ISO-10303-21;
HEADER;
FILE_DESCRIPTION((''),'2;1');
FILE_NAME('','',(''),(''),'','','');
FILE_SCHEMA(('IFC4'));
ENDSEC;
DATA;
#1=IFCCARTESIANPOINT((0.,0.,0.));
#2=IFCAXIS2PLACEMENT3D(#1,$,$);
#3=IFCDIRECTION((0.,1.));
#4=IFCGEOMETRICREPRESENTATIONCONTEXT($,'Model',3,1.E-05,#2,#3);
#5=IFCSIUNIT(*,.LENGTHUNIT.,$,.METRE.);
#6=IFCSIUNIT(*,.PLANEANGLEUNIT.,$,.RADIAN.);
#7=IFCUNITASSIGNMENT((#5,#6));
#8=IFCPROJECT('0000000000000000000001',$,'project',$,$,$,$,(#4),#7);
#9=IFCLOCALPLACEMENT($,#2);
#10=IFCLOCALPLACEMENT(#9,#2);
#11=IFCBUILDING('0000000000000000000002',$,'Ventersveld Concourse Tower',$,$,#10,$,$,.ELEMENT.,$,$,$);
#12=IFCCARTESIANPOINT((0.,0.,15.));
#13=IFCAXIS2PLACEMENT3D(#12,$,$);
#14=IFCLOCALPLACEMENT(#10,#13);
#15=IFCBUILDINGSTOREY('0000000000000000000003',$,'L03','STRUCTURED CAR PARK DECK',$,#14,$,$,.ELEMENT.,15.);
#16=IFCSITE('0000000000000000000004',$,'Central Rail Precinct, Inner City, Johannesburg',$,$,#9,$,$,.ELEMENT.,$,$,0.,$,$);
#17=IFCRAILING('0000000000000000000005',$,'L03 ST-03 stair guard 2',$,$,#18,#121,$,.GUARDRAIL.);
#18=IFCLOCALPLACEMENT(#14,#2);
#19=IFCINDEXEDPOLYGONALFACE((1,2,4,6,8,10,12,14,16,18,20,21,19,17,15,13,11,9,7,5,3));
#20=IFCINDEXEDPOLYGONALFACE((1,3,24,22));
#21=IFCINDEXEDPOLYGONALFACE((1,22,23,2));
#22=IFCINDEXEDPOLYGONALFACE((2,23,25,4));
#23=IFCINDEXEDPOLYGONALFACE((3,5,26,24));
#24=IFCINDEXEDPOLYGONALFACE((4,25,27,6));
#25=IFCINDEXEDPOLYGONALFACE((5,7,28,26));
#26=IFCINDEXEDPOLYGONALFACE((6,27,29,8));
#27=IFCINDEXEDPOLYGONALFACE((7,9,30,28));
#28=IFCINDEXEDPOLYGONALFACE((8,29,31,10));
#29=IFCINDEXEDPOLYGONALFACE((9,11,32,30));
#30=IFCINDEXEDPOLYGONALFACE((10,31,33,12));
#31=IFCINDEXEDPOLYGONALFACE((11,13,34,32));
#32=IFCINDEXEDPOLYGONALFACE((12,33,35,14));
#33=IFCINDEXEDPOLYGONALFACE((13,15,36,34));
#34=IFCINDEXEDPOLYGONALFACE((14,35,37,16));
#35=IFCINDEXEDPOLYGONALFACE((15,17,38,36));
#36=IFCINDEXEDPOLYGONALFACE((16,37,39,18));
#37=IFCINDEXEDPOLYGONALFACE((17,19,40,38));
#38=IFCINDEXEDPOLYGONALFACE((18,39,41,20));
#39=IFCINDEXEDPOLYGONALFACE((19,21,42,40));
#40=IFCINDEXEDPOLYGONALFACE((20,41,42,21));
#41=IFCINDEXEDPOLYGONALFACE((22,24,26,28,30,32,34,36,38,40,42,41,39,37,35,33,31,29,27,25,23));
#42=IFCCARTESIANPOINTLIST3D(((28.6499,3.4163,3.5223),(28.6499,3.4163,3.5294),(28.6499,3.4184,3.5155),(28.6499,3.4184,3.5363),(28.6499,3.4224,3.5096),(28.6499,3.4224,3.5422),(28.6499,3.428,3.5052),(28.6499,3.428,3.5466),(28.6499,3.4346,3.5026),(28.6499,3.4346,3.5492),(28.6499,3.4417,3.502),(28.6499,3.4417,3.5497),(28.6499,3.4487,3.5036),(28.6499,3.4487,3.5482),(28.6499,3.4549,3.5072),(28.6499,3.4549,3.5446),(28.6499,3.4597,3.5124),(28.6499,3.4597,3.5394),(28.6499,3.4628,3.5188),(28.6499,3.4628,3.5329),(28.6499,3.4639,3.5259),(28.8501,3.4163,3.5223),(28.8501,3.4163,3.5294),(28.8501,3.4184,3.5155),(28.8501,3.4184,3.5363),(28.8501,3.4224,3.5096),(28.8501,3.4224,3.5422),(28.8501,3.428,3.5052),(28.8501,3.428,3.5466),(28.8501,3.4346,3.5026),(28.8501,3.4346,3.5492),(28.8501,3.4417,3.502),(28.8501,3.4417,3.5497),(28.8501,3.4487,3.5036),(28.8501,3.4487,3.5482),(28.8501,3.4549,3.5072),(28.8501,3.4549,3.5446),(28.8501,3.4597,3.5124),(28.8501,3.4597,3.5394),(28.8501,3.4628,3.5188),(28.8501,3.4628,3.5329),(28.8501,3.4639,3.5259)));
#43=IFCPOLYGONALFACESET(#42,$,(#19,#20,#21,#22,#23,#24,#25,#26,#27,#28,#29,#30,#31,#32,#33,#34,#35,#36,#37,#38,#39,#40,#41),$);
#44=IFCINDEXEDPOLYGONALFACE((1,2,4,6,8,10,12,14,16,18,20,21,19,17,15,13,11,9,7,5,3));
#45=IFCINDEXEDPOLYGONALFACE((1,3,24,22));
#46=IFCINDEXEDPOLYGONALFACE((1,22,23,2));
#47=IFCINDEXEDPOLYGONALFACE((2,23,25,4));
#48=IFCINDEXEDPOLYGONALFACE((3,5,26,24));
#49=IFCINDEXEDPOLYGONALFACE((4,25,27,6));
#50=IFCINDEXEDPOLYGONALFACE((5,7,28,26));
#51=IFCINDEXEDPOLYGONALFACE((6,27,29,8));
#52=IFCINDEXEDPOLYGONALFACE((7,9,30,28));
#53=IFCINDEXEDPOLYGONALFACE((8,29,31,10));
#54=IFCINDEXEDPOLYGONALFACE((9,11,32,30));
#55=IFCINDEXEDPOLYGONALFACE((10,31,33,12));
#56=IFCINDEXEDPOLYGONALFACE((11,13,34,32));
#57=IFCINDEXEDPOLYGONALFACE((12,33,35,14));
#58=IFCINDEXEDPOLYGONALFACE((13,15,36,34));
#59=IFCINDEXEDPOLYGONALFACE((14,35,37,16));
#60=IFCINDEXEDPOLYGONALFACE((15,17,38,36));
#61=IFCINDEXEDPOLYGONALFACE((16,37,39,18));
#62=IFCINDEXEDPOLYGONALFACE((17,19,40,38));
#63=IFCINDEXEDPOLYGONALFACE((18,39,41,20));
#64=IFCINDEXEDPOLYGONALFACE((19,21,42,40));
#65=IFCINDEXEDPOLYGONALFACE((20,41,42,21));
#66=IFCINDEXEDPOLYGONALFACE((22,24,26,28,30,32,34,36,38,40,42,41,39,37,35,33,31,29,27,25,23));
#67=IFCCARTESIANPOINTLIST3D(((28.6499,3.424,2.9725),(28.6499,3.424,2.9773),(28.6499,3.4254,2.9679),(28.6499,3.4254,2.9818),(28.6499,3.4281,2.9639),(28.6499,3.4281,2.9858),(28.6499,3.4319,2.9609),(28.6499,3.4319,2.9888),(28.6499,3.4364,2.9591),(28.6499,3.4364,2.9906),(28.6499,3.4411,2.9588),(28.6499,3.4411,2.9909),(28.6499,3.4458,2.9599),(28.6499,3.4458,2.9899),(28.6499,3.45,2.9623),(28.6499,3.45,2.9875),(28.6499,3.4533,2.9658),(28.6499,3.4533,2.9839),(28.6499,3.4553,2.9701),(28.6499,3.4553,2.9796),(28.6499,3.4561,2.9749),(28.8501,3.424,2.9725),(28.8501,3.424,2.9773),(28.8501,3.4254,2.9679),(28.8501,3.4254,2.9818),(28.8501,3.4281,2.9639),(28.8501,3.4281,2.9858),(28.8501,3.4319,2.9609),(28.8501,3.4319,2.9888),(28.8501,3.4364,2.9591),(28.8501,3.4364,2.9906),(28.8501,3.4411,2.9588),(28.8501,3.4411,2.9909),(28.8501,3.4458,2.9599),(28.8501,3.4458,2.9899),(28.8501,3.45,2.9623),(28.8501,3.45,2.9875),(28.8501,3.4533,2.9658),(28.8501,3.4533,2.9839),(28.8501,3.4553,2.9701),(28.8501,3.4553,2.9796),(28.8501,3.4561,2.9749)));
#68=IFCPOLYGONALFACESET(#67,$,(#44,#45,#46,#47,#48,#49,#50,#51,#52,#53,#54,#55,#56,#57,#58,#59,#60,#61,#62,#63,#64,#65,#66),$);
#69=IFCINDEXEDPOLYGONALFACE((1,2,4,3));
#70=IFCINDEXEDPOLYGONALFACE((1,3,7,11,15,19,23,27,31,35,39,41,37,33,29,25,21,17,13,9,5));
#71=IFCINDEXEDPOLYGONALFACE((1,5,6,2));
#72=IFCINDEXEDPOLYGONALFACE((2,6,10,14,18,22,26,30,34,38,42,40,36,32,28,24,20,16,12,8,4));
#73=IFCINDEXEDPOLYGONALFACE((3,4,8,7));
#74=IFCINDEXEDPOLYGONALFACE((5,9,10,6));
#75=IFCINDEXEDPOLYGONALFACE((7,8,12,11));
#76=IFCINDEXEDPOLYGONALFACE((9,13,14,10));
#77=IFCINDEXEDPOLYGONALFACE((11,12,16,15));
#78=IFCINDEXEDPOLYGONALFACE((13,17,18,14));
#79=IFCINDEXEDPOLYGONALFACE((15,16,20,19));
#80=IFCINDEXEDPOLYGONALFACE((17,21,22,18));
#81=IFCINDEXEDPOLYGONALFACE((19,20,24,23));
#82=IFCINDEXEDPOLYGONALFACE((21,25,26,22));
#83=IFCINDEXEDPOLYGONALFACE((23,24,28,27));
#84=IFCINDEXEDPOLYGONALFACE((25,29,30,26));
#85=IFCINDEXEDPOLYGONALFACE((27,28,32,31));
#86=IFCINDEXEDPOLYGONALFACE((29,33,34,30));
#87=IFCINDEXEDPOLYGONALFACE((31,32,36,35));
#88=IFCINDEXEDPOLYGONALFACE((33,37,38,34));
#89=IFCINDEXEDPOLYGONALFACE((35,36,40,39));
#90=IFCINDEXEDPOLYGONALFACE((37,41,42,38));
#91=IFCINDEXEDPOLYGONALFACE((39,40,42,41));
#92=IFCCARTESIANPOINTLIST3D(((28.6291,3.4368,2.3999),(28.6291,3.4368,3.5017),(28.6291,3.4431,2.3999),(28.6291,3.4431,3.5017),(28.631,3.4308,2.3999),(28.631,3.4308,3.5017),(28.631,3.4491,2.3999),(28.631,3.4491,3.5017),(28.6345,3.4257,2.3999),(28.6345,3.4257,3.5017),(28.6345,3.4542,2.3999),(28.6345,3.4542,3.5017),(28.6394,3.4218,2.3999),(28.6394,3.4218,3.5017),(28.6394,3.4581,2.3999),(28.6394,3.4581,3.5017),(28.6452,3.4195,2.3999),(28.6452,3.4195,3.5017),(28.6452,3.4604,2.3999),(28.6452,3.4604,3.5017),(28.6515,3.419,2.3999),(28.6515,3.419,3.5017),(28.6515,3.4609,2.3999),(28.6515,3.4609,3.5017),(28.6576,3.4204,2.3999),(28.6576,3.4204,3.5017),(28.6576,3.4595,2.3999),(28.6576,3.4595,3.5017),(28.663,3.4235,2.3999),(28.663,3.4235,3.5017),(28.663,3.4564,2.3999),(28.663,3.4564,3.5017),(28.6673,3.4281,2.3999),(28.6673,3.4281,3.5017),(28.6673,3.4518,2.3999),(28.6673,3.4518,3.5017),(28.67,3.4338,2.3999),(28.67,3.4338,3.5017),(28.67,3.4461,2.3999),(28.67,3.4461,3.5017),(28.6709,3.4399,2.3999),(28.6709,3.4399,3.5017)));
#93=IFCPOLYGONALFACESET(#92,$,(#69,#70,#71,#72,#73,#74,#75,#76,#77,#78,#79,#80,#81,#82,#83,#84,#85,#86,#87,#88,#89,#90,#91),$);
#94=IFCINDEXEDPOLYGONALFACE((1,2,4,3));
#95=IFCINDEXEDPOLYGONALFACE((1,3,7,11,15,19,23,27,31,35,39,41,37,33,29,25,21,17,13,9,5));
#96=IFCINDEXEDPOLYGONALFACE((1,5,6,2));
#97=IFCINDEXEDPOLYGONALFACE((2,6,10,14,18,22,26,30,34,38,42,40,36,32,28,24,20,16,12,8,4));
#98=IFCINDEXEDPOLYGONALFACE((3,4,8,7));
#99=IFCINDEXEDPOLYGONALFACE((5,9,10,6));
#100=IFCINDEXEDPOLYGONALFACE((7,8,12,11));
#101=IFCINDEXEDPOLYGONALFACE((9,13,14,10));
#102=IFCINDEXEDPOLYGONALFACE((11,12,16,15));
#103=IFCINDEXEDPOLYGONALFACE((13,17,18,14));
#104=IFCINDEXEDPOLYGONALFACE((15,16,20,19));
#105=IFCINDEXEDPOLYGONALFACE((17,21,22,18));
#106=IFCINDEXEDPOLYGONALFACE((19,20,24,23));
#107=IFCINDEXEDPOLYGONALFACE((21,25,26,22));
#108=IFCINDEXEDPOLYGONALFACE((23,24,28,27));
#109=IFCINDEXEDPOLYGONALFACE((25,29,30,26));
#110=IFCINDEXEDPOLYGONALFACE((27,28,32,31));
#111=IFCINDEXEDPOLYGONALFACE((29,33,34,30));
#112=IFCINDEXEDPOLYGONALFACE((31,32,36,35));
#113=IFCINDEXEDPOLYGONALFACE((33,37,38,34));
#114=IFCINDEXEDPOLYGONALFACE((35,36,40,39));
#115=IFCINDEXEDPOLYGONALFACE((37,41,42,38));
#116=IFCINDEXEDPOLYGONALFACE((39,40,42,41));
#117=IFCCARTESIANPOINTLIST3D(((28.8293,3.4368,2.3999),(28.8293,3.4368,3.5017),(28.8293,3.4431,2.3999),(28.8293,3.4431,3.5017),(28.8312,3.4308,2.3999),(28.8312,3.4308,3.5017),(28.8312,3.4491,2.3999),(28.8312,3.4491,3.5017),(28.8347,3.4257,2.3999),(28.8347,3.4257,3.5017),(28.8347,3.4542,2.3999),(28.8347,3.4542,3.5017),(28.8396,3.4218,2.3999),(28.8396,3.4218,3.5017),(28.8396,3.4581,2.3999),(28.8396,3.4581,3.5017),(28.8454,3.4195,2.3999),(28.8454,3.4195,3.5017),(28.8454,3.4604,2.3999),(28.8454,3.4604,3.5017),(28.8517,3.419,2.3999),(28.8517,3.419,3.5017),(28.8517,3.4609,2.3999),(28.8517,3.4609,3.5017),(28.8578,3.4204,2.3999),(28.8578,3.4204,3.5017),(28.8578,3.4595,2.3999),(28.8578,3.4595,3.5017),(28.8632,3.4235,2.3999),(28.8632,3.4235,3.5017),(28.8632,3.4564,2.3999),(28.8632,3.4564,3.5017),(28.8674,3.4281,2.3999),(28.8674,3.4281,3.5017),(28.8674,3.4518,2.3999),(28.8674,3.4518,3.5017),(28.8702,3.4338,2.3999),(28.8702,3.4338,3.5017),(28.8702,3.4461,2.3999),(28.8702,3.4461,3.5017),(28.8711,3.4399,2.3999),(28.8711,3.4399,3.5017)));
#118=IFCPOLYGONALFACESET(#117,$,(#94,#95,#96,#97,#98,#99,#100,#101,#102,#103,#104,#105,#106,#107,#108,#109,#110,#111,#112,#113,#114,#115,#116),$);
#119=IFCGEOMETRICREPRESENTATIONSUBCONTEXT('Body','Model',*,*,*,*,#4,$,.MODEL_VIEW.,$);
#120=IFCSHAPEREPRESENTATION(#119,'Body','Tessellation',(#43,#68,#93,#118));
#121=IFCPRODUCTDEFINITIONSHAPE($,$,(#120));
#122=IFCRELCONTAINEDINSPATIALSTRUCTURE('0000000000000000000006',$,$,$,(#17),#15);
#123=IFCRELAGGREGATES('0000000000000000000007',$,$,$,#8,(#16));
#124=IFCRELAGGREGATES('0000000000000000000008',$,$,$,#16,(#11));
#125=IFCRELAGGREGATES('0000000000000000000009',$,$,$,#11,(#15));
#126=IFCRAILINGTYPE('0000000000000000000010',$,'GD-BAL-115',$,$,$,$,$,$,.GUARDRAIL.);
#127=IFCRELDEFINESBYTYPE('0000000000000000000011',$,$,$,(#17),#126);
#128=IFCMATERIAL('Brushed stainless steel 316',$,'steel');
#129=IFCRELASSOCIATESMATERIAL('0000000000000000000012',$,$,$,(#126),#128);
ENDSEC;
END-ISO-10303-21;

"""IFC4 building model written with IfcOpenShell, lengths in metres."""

from ifc_helpers import new_model, si_unit, direction, frame, origin, origin_2d, place, context, subcontext, project, spatial, circle, extrude, material, type_object, element, save


model = new_model("IFC4")

# Units and contexts
model_context = context("Model", 3, precision=1e-05, world=origin(), true_north=direction((0.0, 1.0)))
body_context = subcontext(model_context, "Body", "Model", "MODEL_VIEW")
ifc_project = project(units=[si_unit("LENGTHUNIT", "METRE"), si_unit("PLANEANGLEUNIT", "RADIAN")], contexts=[model_context])

# Site, building, storey
site_placement = place(None, origin())
site = spatial("IfcSite", under=ifc_project, at=site_placement, Name="Central Rail Precinct, Inner City, Johannesburg", CompositionType="ELEMENT", RefElevation=0.0)
building_placement = place(site_placement, origin())
building = spatial("IfcBuilding", under=site, at=building_placement, Name="Ventersveld Concourse Tower", CompositionType="ELEMENT")
storey_placement = place(building_placement, frame((0.0, 0.0, 15.0)))
storey = spatial("IfcBuildingStorey", under=building, at=storey_placement, Name="L03", Description="STRUCTURED CAR PARK DECK", CompositionType="ELEMENT", Elevation=15.0)

# Railing
ifc_material_1 = material(Name="Brushed stainless steel 316", Category="steel")
railing_type_1 = type_object("IfcRailingType", Name="GD-BAL-115", PredefinedType="GUARDRAIL", material=ifc_material_1)
railing_1_placement = place(storey_placement, frame((28.6499, 3.4399, 2.3999)))
element("IfcRailing", 1, at=railing_1_placement, inside=storey, type_object=railing_type_1, Name="L03 ST-03 stair guard 2", PredefinedType="GUARDRAIL", context=body_context, shape_type="SweptSolid", body=[
    extrude(circle(Radius=0.0239, at=origin_2d()), frame((0.0, 0.0, 1.126), z_axis=(1.0, 0.0, 0.0), x_axis=(0.0, 1.0, 0.0)), (0.0, 0.0, 1.0), 0.2002),
    extrude(circle(Radius=0.0161, at=origin_2d()), frame((0.0, 0.0, 0.575), z_axis=(1.0, 0.0, 0.0), x_axis=(0.0, 1.0, 0.0)), (0.0, 0.0, 1.0), 0.2002),
    extrude(circle(Radius=0.021, at=origin_2d()), origin(), (0.0, 0.0, 1.0), 1.1018),
    extrude(circle(Radius=0.021, at=origin_2d()), frame((0.2002, 0.0, 0.0)), (0.0, 0.0, 1.0), 1.1018),
])

save(model, "model.ifc")
